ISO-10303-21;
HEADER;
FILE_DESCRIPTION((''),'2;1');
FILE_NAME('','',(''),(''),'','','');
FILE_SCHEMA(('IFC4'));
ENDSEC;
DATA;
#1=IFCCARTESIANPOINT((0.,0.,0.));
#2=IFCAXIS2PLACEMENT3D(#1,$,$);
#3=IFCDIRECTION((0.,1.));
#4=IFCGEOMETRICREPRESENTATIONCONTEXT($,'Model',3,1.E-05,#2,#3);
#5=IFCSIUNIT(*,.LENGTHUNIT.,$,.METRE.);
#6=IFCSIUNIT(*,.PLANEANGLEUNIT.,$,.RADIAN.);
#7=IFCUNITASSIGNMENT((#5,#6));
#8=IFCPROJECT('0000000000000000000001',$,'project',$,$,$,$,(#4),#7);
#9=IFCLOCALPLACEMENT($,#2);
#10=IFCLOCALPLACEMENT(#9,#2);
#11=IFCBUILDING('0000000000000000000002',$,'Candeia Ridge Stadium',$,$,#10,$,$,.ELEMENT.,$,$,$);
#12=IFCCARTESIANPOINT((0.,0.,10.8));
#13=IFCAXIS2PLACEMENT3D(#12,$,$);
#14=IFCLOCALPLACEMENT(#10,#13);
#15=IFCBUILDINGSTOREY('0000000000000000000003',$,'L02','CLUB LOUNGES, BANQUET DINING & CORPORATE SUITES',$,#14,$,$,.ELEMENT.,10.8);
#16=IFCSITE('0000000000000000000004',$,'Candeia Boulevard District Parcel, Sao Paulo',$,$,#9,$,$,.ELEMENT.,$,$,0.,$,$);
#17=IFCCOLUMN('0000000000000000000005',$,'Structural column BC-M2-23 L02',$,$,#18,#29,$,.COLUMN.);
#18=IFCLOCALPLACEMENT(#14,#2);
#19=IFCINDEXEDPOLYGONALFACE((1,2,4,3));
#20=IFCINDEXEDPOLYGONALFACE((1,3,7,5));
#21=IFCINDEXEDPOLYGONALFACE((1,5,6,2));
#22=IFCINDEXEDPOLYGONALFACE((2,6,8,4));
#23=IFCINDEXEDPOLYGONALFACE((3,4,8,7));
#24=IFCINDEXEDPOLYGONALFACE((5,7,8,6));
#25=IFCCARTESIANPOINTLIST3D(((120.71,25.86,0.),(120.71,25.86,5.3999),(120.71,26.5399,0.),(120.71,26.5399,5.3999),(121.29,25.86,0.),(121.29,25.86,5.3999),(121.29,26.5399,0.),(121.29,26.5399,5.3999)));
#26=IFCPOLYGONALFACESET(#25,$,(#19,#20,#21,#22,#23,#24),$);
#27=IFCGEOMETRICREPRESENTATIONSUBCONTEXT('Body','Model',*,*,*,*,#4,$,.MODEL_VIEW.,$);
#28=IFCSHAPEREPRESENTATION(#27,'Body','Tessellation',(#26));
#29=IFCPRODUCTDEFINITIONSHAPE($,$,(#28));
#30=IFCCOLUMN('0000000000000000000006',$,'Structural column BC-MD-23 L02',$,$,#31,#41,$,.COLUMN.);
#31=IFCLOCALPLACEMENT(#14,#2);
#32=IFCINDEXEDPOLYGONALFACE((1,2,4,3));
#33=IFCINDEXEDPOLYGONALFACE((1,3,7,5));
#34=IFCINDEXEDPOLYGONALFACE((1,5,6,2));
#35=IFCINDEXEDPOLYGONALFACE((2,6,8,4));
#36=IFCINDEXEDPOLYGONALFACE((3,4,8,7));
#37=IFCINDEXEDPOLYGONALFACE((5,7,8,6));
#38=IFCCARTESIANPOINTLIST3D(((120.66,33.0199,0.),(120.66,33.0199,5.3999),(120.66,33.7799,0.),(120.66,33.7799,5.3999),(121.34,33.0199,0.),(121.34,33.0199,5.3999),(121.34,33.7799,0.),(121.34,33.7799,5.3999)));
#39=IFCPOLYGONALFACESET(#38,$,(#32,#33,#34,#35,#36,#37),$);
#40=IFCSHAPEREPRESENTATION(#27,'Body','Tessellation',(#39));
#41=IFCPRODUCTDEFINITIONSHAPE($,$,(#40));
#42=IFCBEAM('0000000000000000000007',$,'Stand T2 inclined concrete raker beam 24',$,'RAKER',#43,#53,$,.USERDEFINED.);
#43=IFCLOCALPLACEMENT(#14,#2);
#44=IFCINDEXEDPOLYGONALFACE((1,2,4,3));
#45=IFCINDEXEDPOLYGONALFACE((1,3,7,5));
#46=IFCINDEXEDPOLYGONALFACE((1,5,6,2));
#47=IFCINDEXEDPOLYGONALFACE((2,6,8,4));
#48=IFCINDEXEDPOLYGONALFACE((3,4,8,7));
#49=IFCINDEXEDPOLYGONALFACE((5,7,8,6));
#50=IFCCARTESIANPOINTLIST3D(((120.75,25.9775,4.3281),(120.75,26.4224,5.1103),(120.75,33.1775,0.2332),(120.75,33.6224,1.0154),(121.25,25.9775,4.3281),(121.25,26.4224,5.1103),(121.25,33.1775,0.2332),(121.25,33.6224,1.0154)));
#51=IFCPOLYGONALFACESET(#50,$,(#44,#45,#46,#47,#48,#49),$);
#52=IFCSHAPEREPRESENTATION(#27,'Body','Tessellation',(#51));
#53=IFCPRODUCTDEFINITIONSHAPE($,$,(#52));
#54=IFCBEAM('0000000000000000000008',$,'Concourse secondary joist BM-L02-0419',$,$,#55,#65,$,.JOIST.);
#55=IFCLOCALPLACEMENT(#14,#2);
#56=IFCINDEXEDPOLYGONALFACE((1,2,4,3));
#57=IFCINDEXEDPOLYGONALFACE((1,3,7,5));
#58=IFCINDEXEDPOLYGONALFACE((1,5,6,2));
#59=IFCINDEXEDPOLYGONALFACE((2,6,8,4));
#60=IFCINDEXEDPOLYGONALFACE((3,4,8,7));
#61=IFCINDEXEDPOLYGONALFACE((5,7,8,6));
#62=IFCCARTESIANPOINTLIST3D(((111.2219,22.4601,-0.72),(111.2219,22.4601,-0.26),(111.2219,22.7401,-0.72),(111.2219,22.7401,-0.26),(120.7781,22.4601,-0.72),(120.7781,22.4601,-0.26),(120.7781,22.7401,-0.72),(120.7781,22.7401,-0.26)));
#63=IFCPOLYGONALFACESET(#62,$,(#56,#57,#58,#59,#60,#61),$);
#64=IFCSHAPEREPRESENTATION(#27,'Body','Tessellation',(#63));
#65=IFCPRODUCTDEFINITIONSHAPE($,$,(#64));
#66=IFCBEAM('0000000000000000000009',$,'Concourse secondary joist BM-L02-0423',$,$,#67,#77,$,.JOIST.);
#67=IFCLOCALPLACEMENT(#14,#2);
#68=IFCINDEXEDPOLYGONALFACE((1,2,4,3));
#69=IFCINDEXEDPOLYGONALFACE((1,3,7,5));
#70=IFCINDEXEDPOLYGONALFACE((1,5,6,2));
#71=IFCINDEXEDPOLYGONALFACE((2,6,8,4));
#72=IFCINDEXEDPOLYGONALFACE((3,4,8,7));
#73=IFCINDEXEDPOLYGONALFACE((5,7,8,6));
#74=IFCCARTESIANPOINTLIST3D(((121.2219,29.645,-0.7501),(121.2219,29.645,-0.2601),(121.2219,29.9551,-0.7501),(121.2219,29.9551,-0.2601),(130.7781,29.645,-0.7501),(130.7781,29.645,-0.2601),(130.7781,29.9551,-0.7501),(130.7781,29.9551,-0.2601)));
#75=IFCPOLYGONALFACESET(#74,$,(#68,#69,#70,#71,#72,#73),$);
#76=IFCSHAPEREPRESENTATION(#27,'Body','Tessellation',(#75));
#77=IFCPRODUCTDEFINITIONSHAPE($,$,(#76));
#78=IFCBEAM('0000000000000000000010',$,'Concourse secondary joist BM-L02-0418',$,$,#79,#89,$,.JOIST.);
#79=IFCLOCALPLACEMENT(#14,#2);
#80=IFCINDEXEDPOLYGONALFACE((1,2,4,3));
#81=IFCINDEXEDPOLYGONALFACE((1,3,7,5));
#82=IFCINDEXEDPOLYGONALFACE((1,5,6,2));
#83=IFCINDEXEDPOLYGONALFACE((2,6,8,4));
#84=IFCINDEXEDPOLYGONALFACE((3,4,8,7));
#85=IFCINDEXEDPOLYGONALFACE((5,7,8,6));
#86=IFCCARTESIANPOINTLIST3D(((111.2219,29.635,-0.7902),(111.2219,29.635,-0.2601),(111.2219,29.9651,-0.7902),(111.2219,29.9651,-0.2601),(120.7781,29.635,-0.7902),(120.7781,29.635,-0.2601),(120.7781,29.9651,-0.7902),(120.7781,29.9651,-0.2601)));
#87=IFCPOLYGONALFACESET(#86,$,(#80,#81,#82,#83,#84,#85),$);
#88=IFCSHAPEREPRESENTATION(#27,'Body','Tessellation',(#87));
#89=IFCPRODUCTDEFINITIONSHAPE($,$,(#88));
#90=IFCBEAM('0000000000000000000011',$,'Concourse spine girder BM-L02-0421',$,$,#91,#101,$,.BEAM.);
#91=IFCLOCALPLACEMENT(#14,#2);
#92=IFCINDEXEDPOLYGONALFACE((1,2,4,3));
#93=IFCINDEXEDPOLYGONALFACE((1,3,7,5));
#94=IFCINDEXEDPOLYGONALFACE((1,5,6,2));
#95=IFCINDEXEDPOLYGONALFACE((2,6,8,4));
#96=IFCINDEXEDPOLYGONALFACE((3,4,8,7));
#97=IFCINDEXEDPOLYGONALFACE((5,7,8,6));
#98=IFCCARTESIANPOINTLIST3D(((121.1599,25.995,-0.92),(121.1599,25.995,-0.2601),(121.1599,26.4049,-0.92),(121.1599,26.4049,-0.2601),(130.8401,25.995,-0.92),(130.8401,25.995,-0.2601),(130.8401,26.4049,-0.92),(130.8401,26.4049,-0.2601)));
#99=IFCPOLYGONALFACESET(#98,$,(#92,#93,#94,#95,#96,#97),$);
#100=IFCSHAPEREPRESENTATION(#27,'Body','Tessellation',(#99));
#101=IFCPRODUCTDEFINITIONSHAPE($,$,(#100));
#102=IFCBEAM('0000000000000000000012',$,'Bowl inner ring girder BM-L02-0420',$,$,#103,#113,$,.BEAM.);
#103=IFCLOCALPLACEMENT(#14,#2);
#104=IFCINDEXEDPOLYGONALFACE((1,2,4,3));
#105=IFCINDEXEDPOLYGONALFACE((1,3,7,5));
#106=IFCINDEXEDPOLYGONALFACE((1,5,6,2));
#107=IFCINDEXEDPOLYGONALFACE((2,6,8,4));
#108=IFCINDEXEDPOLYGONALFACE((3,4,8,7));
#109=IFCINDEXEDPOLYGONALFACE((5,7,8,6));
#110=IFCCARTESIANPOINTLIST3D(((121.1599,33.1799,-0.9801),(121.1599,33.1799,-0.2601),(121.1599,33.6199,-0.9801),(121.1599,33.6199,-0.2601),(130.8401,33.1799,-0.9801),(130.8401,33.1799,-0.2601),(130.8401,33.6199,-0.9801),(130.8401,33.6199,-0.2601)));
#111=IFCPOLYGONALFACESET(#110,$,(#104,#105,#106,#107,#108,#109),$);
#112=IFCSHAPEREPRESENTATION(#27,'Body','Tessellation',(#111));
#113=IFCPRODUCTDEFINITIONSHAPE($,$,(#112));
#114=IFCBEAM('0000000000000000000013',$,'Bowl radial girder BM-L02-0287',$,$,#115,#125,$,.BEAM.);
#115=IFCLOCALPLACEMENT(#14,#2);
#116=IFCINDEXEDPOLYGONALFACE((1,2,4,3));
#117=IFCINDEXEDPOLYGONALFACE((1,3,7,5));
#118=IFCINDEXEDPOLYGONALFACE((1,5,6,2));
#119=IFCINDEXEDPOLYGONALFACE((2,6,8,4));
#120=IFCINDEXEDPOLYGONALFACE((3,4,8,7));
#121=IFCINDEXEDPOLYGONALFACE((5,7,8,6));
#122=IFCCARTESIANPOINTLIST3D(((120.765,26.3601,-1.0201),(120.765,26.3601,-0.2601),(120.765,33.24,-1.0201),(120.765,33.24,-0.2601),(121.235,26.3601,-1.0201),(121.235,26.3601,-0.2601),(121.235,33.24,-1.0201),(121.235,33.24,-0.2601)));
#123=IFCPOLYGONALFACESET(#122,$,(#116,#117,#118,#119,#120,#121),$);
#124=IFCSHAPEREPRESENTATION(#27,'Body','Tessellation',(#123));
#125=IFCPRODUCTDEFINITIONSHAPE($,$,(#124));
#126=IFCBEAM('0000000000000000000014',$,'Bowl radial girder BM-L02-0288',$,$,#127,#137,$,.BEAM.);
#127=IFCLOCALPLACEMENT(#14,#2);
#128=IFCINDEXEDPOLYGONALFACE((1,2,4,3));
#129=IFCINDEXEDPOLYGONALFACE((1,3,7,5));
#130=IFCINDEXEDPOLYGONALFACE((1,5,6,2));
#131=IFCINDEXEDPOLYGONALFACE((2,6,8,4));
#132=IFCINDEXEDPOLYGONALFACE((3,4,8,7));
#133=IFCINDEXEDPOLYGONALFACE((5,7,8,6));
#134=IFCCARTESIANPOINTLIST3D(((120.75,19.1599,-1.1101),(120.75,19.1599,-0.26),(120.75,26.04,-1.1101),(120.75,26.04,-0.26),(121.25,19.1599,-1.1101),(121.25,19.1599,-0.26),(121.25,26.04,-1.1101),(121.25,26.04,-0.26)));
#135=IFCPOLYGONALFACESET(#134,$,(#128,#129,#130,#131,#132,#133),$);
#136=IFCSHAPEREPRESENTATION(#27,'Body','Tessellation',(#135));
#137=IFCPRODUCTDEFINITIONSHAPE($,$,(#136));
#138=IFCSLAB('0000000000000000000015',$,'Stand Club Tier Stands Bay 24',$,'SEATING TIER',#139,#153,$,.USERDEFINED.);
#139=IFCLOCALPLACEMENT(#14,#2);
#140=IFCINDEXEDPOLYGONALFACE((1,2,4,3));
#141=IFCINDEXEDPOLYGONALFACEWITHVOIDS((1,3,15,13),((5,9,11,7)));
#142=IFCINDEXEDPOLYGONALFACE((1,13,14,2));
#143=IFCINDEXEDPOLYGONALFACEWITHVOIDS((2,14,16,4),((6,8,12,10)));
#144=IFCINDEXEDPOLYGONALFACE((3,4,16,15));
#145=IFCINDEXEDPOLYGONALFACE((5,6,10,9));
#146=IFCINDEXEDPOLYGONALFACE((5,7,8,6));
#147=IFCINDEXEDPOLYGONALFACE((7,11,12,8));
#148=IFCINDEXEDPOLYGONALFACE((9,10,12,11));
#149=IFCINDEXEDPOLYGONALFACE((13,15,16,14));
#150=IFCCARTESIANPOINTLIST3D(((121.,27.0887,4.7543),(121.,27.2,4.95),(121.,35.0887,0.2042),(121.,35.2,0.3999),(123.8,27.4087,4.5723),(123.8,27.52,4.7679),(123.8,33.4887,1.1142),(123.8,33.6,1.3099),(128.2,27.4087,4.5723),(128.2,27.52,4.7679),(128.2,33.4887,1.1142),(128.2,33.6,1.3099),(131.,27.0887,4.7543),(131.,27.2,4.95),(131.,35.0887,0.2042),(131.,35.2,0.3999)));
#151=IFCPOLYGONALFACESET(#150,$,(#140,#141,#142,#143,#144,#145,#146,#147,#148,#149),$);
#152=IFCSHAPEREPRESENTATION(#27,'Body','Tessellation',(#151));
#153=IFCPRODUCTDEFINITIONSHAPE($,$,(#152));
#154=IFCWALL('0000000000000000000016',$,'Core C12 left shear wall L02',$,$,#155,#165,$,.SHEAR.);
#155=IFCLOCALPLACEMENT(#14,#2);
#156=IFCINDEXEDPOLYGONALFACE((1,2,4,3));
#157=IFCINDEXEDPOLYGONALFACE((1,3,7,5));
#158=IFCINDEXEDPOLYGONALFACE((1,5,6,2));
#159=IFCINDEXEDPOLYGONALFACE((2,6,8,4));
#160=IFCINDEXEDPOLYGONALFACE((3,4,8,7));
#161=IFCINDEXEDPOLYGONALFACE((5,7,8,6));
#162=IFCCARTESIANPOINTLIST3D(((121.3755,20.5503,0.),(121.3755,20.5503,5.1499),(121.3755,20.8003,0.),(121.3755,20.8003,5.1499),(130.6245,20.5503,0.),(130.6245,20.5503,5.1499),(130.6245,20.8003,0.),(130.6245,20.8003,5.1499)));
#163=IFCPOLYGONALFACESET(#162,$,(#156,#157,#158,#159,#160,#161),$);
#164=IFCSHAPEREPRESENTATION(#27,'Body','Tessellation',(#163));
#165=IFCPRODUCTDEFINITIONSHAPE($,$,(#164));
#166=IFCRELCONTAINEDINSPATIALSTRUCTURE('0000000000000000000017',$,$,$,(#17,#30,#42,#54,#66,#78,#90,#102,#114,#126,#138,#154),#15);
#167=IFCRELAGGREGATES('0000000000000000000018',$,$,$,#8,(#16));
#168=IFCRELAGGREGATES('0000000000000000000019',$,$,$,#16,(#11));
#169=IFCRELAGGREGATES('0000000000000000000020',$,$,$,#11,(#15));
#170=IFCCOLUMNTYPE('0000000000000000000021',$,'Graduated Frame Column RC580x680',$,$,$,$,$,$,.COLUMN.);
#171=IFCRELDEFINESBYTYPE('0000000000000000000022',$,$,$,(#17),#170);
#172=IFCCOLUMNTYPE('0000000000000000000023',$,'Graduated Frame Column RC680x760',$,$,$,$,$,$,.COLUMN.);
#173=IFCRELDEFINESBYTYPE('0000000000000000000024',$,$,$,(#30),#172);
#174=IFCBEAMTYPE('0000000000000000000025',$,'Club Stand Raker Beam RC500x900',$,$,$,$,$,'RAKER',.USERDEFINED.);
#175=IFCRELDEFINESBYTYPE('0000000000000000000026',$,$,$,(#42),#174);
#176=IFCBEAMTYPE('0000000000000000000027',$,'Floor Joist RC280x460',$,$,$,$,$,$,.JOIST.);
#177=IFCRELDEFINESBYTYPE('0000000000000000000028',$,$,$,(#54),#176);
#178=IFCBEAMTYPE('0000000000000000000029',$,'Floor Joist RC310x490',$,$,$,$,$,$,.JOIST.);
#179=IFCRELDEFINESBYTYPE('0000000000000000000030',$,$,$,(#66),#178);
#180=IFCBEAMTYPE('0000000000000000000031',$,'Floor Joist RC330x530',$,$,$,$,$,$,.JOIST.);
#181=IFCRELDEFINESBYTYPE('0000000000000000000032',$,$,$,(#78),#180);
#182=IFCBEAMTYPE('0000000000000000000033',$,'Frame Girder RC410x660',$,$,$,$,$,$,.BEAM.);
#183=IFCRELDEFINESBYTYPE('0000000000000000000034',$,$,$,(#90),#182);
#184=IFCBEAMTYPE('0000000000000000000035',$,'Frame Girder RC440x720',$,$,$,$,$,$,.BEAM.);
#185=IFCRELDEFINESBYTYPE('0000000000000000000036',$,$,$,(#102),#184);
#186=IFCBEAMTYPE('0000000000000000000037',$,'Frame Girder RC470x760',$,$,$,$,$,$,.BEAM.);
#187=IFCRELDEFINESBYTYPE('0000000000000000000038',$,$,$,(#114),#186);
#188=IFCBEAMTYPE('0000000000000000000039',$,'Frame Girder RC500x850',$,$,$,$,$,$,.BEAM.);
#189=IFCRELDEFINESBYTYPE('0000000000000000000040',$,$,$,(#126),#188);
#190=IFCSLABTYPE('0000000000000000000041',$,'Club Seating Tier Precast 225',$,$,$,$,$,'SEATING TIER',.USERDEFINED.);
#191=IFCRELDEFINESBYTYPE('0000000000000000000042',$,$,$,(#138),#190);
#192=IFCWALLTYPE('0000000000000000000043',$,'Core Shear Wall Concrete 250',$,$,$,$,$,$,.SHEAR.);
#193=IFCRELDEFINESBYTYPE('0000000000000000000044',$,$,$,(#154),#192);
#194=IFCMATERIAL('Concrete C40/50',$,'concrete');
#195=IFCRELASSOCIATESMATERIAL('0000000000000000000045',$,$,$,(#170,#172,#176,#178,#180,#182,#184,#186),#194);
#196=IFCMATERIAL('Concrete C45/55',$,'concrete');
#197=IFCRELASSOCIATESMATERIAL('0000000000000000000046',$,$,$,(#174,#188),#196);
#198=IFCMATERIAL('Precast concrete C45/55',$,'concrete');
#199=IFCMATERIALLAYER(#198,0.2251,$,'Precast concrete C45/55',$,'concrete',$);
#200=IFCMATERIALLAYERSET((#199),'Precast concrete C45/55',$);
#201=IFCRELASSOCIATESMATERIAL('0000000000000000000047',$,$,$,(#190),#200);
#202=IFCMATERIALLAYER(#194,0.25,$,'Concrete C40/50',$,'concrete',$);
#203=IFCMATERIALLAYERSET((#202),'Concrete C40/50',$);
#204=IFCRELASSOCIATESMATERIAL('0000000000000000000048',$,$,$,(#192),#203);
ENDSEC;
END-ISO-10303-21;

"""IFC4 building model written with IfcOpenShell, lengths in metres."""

from ifc_helpers import new_model, si_unit, direction, frame, frame_2d, origin, origin_2d, place, context, subcontext, project, spatial, polyline, rectangle, outline, extrude, material, layer, layer_set, material_profile, profile_set, type_object, element, save


model = new_model("IFC4")

# Units and contexts
model_context = context("Model", 3, precision=1e-05, world=origin(), true_north=direction((0.0, 1.0)))
body_context = subcontext(model_context, "Body", "Model", "MODEL_VIEW")
ifc_project = project(units=[si_unit("LENGTHUNIT", "METRE"), si_unit("PLANEANGLEUNIT", "RADIAN")], contexts=[model_context])

# Site, building, storey
site_placement = place(None, origin())
site = spatial("IfcSite", under=ifc_project, at=site_placement, Name="Candeia Boulevard District Parcel, Sao Paulo", CompositionType="ELEMENT", RefElevation=0.0)
building_placement = place(site_placement, origin())
building = spatial("IfcBuilding", under=site, at=building_placement, Name="Candeia Ridge Stadium", CompositionType="ELEMENT")
storey_placement = place(building_placement, frame((0.0, 0.0, 10.8)))
storey = spatial("IfcBuildingStorey", under=building, at=storey_placement, Name="L02", Description="CLUB LOUNGES, BANQUET DINING & CORPORATE SUITES", CompositionType="ELEMENT", Elevation=10.8)

# Columns
ifc_material_1 = material(Name="Concrete C40/50", Category="concrete")
ifc_material_profile_1 = material_profile(ifc_material_1, rectangle(XDim=0.5801, YDim=0.6799, at=origin_2d()), Name="RC580x680", Category="concrete")
ifc_profile_set_1 = profile_set([ifc_material_profile_1], Name="Concrete C40/50")
column_type_1 = type_object("IfcColumnType", Name="Graduated Frame Column RC580x680", PredefinedType="COLUMN", material=ifc_profile_set_1)
column_1_placement = place(storey_placement, frame((121.0, 26.2, 0.0), z_axis=(0.0, 0.0, 1.0), x_axis=(1.0, 0.0, 0.0)))
element("IfcColumn", 1, at=column_1_placement, inside=storey, type_object=column_type_1, Name="Structural column BC-M2-23 L02", PredefinedType="COLUMN", context=body_context, shape_type="SweptSolid", body=[
    extrude(rectangle(XDim=0.5801, YDim=0.6799, at=origin_2d()), origin(), (0.0, 0.0, 1.0), 5.3999),
])
ifc_material_profile_2 = material_profile(ifc_material_1, rectangle(XDim=0.6799, YDim=0.76, at=origin_2d()), Name="RC680x760", Category="concrete")
ifc_profile_set_2 = profile_set([ifc_material_profile_2], Name="Concrete C40/50")
column_type_2 = type_object("IfcColumnType", Name="Graduated Frame Column RC680x760", PredefinedType="COLUMN", material=ifc_profile_set_2)
column_2_placement = place(storey_placement, frame((121.0, 33.3999, 0.0), z_axis=(0.0, 0.0, 1.0), x_axis=(1.0, 0.0, 0.0)))
element("IfcColumn", 2, at=column_2_placement, inside=storey, type_object=column_type_2, Name="Structural column BC-MD-23 L02", PredefinedType="COLUMN", context=body_context, shape_type="SweptSolid", body=[
    extrude(rectangle(XDim=0.6799, YDim=0.76, at=origin_2d()), origin(), (0.0, 0.0, 1.0), 5.3999),
])

# Beams
ifc_material_2 = material(Name="Concrete C45/55", Category="concrete")
ifc_material_profile_3 = material_profile(ifc_material_2, rectangle(XDim=0.5, YDim=0.8999, at=origin_2d()), Name="RC500x900", Category="concrete")
ifc_profile_set_3 = profile_set([ifc_material_profile_3], Name="Concrete C45/55")
beam_type_1 = type_object("IfcBeamType", Name="Club Stand Raker Beam RC500x900", ElementType="RAKER", PredefinedType="USERDEFINED", material=ifc_profile_set_3)
beam_1_placement = place(storey_placement, frame((121.0, 33.3999, 0.6243), z_axis=(0.0, -0.869244, 0.494383), x_axis=(1.0, 0.0, 0.0)))
element("IfcBeam", 3, at=beam_1_placement, inside=storey, type_object=beam_type_1, Name="Stand T2 inclined concrete raker beam 24", ObjectType="RAKER", PredefinedType="USERDEFINED", context=body_context, shape_type="SweptSolid", body=[
    extrude(rectangle(XDim=0.5, YDim=0.8999, at=origin_2d()), origin(), (0.0, 0.0, 1.0), 8.283),
])
ifc_material_profile_4 = material_profile(ifc_material_1, rectangle(XDim=0.28, YDim=0.46, at=origin_2d()), Name="RC280x460", Category="concrete")
ifc_profile_set_4 = profile_set([ifc_material_profile_4], Name="Concrete C40/50")
beam_type_2 = type_object("IfcBeamType", Name="Floor Joist RC280x460", PredefinedType="JOIST", material=ifc_profile_set_4)
beam_2_placement = place(storey_placement, frame((111.2219, 22.6001, -0.49), z_axis=(1.0, 0.0, 0.0), x_axis=(0.0, 1.0, 0.0)))
element("IfcBeam", 4, at=beam_2_placement, inside=storey, type_object=beam_type_2, Name="Concourse secondary joist BM-L02-0419", PredefinedType="JOIST", context=body_context, shape_type="SweptSolid", body=[
    extrude(rectangle(XDim=0.28, YDim=0.46, at=origin_2d()), origin(), (0.0, 0.0, 1.0), 9.5562),
])
ifc_material_profile_5 = material_profile(ifc_material_1, rectangle(XDim=0.3101, YDim=0.49, at=origin_2d()), Name="RC310x490", Category="concrete")
ifc_profile_set_5 = profile_set([ifc_material_profile_5], Name="Concrete C40/50")
beam_type_3 = type_object("IfcBeamType", Name="Floor Joist RC310x490", PredefinedType="JOIST", material=ifc_profile_set_5)
beam_3_placement = place(storey_placement, frame((121.2219, 29.8, -0.5051), z_axis=(1.0, 0.0, 0.0), x_axis=(0.0, 1.0, 0.0)))
element("IfcBeam", 5, at=beam_3_placement, inside=storey, type_object=beam_type_3, Name="Concourse secondary joist BM-L02-0423", PredefinedType="JOIST", context=body_context, shape_type="SweptSolid", body=[
    extrude(rectangle(XDim=0.3101, YDim=0.49, at=origin_2d()), origin(), (0.0, 0.0, 1.0), 9.5562),
])
ifc_material_profile_6 = material_profile(ifc_material_1, rectangle(XDim=0.3301, YDim=0.53, at=origin_2d()), Name="RC330x530", Category="concrete")
ifc_profile_set_6 = profile_set([ifc_material_profile_6], Name="Concrete C40/50")
beam_type_4 = type_object("IfcBeamType", Name="Floor Joist RC330x530", PredefinedType="JOIST", material=ifc_profile_set_6)
beam_4_placement = place(storey_placement, frame((111.2219, 29.8, -0.5251), z_axis=(1.0, 0.0, 0.0), x_axis=(0.0, 1.0, 0.0)))
element("IfcBeam", 6, at=beam_4_placement, inside=storey, type_object=beam_type_4, Name="Concourse secondary joist BM-L02-0418", PredefinedType="JOIST", context=body_context, shape_type="SweptSolid", body=[
    extrude(rectangle(XDim=0.3301, YDim=0.53, at=origin_2d()), origin(), (0.0, 0.0, 1.0), 9.5562),
])
ifc_material_profile_7 = material_profile(ifc_material_1, rectangle(XDim=0.4099, YDim=0.6599, at=origin_2d()), Name="RC410x660", Category="concrete")
ifc_profile_set_7 = profile_set([ifc_material_profile_7], Name="Concrete C40/50")
beam_type_5 = type_object("IfcBeamType", Name="Frame Girder RC410x660", PredefinedType="BEAM", material=ifc_profile_set_7)
beam_5_placement = place(storey_placement, frame((121.1599, 26.2, -0.5901), z_axis=(1.0, 0.0, 0.0), x_axis=(0.0, 1.0, 0.0)))
element("IfcBeam", 7, at=beam_5_placement, inside=storey, type_object=beam_type_5, Name="Concourse spine girder BM-L02-0421", PredefinedType="BEAM", context=body_context, shape_type="SweptSolid", body=[
    extrude(rectangle(XDim=0.4099, YDim=0.6599, at=origin_2d()), origin(), (0.0, 0.0, 1.0), 9.6802),
])
ifc_material_profile_8 = material_profile(ifc_material_1, rectangle(XDim=0.4399, YDim=0.72, at=origin_2d()), Name="RC440x720", Category="concrete")
ifc_profile_set_8 = profile_set([ifc_material_profile_8], Name="Concrete C40/50")
beam_type_6 = type_object("IfcBeamType", Name="Frame Girder RC440x720", PredefinedType="BEAM", material=ifc_profile_set_8)
beam_6_placement = place(storey_placement, frame((121.1599, 33.3999, -0.6201), z_axis=(1.0, 0.0, 0.0), x_axis=(0.0, 1.0, 0.0)))
element("IfcBeam", 8, at=beam_6_placement, inside=storey, type_object=beam_type_6, Name="Bowl inner ring girder BM-L02-0420", PredefinedType="BEAM", context=body_context, shape_type="SweptSolid", body=[
    extrude(rectangle(XDim=0.4399, YDim=0.72, at=origin_2d()), origin(), (0.0, 0.0, 1.0), 9.6802),
])
ifc_material_profile_9 = material_profile(ifc_material_1, rectangle(XDim=0.47, YDim=0.76, at=origin_2d()), Name="RC470x760", Category="concrete")
ifc_profile_set_9 = profile_set([ifc_material_profile_9], Name="Concrete C40/50")
beam_type_7 = type_object("IfcBeamType", Name="Frame Girder RC470x760", PredefinedType="BEAM", material=ifc_profile_set_9)
beam_7_placement = place(storey_placement, frame((121.0, 33.24, -0.6401), z_axis=(0.0, -1.0, 0.0), x_axis=(1.0, 0.0, 0.0)))
element("IfcBeam", 9, at=beam_7_placement, inside=storey, type_object=beam_type_7, Name="Bowl radial girder BM-L02-0287", PredefinedType="BEAM", context=body_context, shape_type="SweptSolid", body=[
    extrude(rectangle(XDim=0.47, YDim=0.76, at=origin_2d()), origin(), (0.0, 0.0, 1.0), 6.8799),
])
ifc_material_profile_10 = material_profile(ifc_material_2, rectangle(XDim=0.5, YDim=0.8501, at=origin_2d()), Name="RC500x850", Category="concrete")
ifc_profile_set_10 = profile_set([ifc_material_profile_10], Name="Concrete C45/55")
beam_type_8 = type_object("IfcBeamType", Name="Frame Girder RC500x850", PredefinedType="BEAM", material=ifc_profile_set_10)
beam_8_placement = place(storey_placement, frame((121.0, 26.04, -0.6851), z_axis=(0.0, -1.0, 0.0), x_axis=(1.0, 0.0, 0.0)))
element("IfcBeam", 10, at=beam_8_placement, inside=storey, type_object=beam_type_8, Name="Bowl radial girder BM-L02-0288", PredefinedType="BEAM", context=body_context, shape_type="SweptSolid", body=[
    extrude(rectangle(XDim=0.5, YDim=0.8501, at=origin_2d()), origin(), (0.0, 0.0, 1.0), 6.8801),
])

# Slab
ifc_material_3 = material(Name="Precast concrete C45/55", Category="concrete")
ifc_layer_1 = layer(ifc_material_3, 0.2251, Name="Precast concrete C45/55", Category="concrete")
ifc_layer_set_1 = layer_set([ifc_layer_1], Name="Precast concrete C45/55")
slab_type = type_object("IfcSlabType", Name="Club Seating Tier Precast 225", ElementType="SEATING TIER", PredefinedType="USERDEFINED", material=ifc_layer_set_1)
slab_placement = place(storey_placement, frame((121.0, 35.2, 0.3999), z_axis=(0.0, 0.494387, 0.869242), x_axis=(1.0, 0.0, 0.0)))
element("IfcSlab", 11, at=slab_placement, inside=storey, type_object=slab_type, Name="Stand Club Tier Stands Bay 24", ObjectType="SEATING TIER", PredefinedType="USERDEFINED", context=body_context, shape_type="SweptSolid", body=[
    extrude(outline(polyline([(0.0, 0.0), (10.0, 0.0), (10.0, -9.2034), (0.0, -9.2034), (0.0, 0.0)]), holes=[polyline([(2.8, -1.8406), (7.2, -1.8406), (7.2, -8.8353), (2.8, -8.8353), (2.8, -1.8406)])]), origin(), (0.0, 0.0, -1.0), 0.2251),
])

# Wall
ifc_layer_2 = layer(ifc_material_1, 0.25, Name="Concrete C40/50", Category="concrete")
ifc_layer_set_2 = layer_set([ifc_layer_2], Name="Concrete C40/50")
wall_type_1 = type_object("IfcWallType", Name="Core Shear Wall Concrete 250", PredefinedType="SHEAR", material=ifc_layer_set_2)
wall_1_placement = place(storey_placement, frame((121.3755, 20.6753, 0.0), z_axis=(0.0, 0.0, 1.0), x_axis=(1.0, 0.0, 0.0)))
element("IfcWall", 12, at=wall_1_placement, inside=storey, type_object=wall_type_1, Name="Core C12 left shear wall L02", PredefinedType="SHEAR", context=body_context, shape_type="SweptSolid", body=[
    extrude(rectangle(XDim=9.249, YDim=0.25, at=frame_2d((4.6245, 0.0))), origin(), (0.0, 0.0, 1.0), 5.1499),
])

save(model, "model.ifc")
